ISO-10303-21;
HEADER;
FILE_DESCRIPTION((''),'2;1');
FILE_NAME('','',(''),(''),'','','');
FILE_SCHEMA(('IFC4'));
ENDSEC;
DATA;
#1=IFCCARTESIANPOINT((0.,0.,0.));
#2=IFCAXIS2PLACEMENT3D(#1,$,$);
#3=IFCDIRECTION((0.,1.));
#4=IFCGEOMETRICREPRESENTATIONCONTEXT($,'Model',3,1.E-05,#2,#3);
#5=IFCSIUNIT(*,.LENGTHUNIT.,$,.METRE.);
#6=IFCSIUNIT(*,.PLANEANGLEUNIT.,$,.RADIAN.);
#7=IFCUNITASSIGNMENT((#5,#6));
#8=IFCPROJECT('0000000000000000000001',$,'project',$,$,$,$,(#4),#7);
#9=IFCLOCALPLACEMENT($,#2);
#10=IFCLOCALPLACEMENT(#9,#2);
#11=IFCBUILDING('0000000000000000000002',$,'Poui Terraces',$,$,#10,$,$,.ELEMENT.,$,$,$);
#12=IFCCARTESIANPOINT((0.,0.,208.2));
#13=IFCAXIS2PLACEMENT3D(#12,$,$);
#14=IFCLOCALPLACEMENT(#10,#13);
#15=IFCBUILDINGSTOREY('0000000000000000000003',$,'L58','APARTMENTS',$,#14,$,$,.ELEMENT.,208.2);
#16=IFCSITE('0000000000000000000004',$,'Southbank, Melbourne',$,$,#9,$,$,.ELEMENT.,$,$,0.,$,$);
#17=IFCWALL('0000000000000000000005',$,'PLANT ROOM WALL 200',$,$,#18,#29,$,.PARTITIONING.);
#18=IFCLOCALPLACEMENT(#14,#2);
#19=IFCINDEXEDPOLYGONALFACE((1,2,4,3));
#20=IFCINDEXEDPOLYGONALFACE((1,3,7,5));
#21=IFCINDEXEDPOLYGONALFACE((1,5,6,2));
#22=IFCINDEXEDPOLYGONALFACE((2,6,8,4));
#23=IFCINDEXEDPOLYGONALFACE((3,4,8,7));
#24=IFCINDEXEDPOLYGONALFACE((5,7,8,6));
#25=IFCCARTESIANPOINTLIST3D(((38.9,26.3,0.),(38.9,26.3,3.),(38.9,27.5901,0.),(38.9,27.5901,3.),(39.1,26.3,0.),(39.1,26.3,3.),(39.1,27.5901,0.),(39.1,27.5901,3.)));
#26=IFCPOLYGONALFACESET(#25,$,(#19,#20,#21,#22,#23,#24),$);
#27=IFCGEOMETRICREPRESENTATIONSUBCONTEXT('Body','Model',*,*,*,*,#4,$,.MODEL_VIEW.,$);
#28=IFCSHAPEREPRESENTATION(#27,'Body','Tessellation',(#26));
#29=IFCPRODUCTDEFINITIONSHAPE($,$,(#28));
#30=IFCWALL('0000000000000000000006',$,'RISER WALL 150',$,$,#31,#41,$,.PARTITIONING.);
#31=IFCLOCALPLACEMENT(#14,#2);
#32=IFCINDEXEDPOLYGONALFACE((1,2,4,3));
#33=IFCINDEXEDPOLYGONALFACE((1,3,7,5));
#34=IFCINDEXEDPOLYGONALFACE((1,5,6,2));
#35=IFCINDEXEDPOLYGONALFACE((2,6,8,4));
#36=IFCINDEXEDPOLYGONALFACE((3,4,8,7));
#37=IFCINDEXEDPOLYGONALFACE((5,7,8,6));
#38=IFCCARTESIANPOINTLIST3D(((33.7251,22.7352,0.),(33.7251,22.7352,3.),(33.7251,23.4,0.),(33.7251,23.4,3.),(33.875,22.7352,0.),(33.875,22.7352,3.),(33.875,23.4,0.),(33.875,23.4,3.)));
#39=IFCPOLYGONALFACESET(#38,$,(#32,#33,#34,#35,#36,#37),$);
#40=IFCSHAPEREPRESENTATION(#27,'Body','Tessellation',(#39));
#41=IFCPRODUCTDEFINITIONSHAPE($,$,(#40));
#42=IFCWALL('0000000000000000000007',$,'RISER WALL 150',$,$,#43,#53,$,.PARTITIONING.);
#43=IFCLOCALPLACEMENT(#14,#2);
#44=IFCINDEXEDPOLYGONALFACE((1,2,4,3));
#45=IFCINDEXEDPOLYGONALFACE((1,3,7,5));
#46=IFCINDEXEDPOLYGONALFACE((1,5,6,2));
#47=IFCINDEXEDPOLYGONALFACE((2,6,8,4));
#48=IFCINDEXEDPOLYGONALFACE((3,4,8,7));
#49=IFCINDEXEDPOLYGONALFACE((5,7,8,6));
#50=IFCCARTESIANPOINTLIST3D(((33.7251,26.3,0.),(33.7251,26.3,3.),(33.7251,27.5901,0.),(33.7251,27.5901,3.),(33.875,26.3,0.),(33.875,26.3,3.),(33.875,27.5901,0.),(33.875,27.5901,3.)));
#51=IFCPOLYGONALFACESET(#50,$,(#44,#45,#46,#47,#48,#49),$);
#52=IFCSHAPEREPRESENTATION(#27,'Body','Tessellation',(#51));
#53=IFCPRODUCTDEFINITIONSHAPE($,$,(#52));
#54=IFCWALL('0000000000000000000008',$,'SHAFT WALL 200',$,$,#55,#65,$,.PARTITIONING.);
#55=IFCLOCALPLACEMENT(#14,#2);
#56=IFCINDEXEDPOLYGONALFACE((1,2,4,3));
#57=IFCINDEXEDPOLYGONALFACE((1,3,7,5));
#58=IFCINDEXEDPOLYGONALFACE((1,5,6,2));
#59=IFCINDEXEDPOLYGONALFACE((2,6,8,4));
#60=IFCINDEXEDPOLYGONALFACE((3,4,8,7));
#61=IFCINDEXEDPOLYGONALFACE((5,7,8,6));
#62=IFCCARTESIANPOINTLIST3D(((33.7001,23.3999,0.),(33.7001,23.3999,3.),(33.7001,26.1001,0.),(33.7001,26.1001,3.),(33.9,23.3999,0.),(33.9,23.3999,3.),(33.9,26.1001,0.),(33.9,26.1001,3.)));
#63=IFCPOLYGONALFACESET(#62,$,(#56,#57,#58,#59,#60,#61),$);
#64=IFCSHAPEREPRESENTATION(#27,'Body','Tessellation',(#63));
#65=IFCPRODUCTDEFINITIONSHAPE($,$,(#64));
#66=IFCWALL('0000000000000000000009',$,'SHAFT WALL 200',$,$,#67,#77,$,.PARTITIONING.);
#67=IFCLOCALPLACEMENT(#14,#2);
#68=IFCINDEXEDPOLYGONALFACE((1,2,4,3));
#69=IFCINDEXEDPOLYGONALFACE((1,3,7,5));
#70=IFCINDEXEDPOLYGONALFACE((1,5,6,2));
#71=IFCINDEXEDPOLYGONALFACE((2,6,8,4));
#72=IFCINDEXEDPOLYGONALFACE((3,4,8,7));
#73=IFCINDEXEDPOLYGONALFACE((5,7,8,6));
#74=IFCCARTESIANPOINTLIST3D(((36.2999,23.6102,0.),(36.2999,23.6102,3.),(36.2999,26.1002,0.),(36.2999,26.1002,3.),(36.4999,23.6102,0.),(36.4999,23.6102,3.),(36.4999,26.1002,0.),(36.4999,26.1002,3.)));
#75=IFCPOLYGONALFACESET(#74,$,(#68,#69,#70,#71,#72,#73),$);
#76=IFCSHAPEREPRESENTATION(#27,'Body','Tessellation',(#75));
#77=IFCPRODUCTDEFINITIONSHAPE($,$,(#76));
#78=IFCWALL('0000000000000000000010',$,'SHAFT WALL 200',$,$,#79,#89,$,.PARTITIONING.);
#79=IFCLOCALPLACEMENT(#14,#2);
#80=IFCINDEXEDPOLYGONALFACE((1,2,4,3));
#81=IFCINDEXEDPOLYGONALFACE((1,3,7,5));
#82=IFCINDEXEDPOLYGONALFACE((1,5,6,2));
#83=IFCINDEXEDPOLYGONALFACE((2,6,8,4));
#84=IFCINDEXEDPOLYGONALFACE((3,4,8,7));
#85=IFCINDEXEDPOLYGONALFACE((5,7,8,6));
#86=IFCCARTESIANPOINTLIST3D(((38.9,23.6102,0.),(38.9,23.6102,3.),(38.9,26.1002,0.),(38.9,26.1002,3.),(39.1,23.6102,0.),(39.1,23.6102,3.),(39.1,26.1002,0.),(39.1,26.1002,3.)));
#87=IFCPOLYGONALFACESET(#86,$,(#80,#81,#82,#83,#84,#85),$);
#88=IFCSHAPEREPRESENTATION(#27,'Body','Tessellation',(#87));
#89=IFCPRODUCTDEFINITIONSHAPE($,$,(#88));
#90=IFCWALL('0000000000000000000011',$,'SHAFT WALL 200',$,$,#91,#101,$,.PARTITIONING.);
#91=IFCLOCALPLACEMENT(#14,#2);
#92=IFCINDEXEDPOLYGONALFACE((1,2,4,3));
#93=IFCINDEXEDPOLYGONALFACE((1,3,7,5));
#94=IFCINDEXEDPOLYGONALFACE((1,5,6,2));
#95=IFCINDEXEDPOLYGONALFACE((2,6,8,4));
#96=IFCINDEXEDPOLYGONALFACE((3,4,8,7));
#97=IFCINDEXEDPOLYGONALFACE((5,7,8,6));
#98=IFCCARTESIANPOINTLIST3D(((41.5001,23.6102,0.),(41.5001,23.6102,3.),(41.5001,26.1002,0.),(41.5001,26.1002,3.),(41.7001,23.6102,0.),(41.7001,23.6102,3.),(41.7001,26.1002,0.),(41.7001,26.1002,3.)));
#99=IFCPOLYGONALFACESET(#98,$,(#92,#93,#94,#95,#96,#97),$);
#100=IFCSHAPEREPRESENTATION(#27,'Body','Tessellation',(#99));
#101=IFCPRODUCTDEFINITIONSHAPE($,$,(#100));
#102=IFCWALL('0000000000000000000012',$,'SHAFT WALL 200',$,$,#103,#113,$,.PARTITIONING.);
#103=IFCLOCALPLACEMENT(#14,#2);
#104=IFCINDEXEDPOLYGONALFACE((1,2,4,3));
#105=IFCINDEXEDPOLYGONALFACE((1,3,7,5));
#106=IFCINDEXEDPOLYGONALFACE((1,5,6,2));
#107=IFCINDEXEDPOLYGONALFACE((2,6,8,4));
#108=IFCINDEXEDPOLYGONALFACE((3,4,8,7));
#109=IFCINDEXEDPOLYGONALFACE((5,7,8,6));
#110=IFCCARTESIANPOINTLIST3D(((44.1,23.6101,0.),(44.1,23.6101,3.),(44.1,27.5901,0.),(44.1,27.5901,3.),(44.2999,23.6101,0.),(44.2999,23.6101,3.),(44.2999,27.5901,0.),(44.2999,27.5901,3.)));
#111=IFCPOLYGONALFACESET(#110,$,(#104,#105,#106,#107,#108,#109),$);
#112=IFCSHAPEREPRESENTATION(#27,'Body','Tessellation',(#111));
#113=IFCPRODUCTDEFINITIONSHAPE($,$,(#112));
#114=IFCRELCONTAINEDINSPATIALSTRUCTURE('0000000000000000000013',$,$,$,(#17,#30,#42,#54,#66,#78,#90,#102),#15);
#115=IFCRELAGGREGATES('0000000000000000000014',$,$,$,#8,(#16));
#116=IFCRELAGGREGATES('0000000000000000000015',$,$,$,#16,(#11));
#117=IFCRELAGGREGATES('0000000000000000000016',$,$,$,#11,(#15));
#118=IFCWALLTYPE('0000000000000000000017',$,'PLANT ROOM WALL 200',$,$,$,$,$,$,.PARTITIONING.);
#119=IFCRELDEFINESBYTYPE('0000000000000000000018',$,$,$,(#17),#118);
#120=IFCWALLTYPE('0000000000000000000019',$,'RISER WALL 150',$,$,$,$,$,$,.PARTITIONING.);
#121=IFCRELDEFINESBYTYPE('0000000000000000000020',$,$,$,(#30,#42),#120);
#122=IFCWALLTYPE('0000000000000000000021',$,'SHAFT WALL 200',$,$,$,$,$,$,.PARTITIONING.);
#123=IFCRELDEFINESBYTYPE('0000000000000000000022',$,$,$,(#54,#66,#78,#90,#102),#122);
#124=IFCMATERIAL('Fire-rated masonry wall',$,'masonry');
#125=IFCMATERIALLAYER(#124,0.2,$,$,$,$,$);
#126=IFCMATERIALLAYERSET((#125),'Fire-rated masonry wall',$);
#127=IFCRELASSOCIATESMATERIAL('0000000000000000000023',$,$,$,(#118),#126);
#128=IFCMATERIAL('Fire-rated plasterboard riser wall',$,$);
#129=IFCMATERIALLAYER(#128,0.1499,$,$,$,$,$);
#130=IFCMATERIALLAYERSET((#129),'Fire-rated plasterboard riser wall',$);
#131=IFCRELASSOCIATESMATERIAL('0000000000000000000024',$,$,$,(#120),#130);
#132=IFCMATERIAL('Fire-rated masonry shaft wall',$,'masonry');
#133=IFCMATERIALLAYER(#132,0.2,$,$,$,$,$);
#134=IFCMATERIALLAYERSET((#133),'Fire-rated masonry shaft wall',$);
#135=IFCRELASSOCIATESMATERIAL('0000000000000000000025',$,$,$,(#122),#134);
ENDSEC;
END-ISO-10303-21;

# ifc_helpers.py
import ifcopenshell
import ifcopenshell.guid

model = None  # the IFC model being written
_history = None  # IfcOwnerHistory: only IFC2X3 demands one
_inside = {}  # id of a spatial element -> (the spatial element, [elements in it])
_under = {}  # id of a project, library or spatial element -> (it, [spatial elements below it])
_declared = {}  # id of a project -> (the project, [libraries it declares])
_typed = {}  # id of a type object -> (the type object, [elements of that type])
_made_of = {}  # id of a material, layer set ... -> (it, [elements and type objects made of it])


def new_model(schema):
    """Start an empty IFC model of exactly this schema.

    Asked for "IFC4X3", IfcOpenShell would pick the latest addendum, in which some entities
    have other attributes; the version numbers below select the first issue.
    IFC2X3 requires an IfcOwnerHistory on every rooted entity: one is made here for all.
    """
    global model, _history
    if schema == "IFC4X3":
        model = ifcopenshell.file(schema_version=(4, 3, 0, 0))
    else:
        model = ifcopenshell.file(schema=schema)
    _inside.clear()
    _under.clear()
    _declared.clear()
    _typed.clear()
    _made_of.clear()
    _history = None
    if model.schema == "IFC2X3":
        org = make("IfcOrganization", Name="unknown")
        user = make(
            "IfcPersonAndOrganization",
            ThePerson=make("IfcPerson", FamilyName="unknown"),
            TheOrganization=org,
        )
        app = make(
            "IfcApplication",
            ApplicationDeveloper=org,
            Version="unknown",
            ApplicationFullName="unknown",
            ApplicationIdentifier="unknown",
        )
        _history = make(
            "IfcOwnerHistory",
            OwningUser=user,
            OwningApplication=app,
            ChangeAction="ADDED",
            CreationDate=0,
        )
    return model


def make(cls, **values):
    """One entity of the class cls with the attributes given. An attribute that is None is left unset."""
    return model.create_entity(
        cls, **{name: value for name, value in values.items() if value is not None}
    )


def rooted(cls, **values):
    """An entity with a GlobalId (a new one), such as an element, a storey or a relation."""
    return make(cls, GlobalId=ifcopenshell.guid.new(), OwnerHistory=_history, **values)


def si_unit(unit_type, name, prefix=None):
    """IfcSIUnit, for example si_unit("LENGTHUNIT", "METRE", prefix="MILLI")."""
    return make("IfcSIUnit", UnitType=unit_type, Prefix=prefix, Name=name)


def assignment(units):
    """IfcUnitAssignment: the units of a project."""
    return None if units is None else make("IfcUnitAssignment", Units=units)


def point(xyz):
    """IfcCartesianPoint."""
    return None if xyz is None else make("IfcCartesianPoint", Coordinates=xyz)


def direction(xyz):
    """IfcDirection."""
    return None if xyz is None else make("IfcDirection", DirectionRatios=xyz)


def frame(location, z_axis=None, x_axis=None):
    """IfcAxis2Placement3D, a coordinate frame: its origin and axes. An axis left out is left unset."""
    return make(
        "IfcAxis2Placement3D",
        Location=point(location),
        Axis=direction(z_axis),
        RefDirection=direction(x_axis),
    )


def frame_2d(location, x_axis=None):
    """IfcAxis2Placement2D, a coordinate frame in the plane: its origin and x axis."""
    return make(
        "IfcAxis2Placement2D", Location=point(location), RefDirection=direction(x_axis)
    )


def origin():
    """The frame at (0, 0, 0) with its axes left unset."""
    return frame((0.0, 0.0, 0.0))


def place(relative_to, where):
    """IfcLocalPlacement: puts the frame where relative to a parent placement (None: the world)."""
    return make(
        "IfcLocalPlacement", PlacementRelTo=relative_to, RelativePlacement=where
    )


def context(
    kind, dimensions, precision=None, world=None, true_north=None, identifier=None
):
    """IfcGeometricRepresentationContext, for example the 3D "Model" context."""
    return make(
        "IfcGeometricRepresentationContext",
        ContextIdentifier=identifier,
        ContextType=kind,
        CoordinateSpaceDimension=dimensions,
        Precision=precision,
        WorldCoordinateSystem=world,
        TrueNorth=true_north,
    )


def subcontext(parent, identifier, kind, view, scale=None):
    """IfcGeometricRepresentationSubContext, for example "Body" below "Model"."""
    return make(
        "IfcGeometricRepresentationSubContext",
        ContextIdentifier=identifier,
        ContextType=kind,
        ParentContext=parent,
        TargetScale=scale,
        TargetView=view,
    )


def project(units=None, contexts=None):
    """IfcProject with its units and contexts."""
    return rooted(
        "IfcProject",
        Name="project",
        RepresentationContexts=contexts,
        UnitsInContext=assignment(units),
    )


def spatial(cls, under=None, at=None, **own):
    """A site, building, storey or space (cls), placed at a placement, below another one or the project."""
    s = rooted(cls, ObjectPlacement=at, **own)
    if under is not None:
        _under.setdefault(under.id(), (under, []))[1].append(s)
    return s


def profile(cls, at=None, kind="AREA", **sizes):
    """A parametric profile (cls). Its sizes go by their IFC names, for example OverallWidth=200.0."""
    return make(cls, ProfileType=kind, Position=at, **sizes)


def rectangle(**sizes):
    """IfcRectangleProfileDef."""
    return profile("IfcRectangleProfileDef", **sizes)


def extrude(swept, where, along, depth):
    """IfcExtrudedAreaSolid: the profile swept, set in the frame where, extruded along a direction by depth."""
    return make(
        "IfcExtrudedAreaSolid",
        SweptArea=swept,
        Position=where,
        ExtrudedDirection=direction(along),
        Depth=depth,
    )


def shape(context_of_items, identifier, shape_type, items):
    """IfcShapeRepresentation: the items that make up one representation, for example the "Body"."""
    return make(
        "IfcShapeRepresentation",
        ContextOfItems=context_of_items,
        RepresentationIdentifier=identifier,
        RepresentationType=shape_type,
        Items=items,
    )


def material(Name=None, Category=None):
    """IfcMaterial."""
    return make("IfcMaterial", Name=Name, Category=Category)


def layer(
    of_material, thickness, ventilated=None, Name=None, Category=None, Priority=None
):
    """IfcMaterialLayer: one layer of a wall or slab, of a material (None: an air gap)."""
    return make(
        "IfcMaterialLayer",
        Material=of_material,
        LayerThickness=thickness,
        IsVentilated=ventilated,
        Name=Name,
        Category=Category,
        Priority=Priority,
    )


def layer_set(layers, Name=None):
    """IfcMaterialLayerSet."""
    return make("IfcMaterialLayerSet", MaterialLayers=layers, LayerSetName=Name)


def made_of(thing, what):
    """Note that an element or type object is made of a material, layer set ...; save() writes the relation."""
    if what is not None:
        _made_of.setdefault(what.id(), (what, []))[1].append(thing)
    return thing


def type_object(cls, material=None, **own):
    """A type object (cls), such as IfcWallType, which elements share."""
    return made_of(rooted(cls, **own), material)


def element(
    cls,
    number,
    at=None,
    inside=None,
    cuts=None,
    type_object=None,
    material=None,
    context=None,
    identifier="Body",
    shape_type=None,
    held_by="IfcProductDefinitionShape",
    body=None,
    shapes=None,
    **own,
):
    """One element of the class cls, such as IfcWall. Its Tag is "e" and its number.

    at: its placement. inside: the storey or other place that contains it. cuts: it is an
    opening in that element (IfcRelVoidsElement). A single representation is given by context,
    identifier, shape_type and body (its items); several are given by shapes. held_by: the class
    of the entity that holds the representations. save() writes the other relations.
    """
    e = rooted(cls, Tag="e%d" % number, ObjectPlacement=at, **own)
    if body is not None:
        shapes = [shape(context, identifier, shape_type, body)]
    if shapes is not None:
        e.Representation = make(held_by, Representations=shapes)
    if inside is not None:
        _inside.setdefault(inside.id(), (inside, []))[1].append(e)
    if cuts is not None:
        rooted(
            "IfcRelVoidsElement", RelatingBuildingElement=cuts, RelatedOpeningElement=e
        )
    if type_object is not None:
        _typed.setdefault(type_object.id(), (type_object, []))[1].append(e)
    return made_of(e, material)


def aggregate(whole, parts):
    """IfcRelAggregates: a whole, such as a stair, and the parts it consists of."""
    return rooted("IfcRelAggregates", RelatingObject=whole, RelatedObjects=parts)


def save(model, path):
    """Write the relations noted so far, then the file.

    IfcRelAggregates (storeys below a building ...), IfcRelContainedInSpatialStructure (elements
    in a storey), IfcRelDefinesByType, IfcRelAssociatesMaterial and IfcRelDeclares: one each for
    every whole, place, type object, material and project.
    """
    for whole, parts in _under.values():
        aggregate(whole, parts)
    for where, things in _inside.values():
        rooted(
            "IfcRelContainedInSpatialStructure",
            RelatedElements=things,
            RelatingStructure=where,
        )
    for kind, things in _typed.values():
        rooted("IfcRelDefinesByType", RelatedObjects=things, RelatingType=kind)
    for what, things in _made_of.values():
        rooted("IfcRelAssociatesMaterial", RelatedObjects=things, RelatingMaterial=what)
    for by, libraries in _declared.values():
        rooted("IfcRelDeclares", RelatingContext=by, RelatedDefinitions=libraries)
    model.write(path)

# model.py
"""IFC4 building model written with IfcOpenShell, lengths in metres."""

from ifc_helpers import new_model, si_unit, direction, frame, frame_2d, origin, place, context, subcontext, project, spatial, rectangle, extrude, material, layer, layer_set, type_object, element, save


model = new_model("IFC4")

# Units and contexts
model_context = context("Model", 3, precision=1e-05, world=origin(), true_north=direction((0.0, 1.0)))
body_context = subcontext(model_context, "Body", "Model", "MODEL_VIEW")
ifc_project = project(units=[si_unit("LENGTHUNIT", "METRE"), si_unit("PLANEANGLEUNIT", "RADIAN")], contexts=[model_context])

# Site, building, storey
site_placement = place(None, origin())
site = spatial("IfcSite", under=ifc_project, at=site_placement, Name="Southbank, Melbourne", CompositionType="ELEMENT", RefElevation=0.0)
building_placement = place(site_placement, origin())
building = spatial("IfcBuilding", under=site, at=building_placement, Name="Poui Terraces", CompositionType="ELEMENT")
storey_placement = place(building_placement, frame((0.0, 0.0, 208.2)))
storey = spatial("IfcBuildingStorey", under=building, at=storey_placement, Name="L58", Description="APARTMENTS", CompositionType="ELEMENT", Elevation=208.2)

# Walls
ifc_material_1 = material(Name="Fire-rated masonry wall", Category="masonry")
ifc_layer_1 = layer(ifc_material_1, 0.2)
ifc_layer_set_1 = layer_set([ifc_layer_1], Name="Fire-rated masonry wall")
wall_type_1 = type_object("IfcWallType", Name="PLANT ROOM WALL 200", PredefinedType="PARTITIONING", material=ifc_layer_set_1)
wall_1_placement = place(storey_placement, frame((39.0, 26.3, 0.0), z_axis=(0.0, 0.0, 1.0), x_axis=(0.0, 1.0, 0.0)))
element("IfcWall", 1, at=wall_1_placement, inside=storey, type_object=wall_type_1, Name="PLANT ROOM WALL 200", PredefinedType="PARTITIONING", context=body_context, shape_type="SweptSolid", body=[
    extrude(rectangle(XDim=1.29, YDim=0.2, at=frame_2d((0.645, 0.0))), origin(), (0.0, 0.0, 1.0), 3.0),
])
ifc_material_2 = material(Name="Fire-rated plasterboard riser wall")
ifc_layer_2 = layer(ifc_material_2, 0.1499)
ifc_layer_set_2 = layer_set([ifc_layer_2], Name="Fire-rated plasterboard riser wall")
wall_type_2 = type_object("IfcWallType", Name="RISER WALL 150", PredefinedType="PARTITIONING", material=ifc_layer_set_2)
wall_2_placement = place(storey_placement, frame((33.8, 22.7351, 0.0), z_axis=(0.0, 0.0, 1.0), x_axis=(0.0, 1.0, 0.0)))
element("IfcWall", 2, at=wall_2_placement, inside=storey, type_object=wall_type_2, Name="RISER WALL 150", PredefinedType="PARTITIONING", context=body_context, shape_type="SweptSolid", body=[
    extrude(rectangle(XDim=0.6648, YDim=0.1499, at=frame_2d((0.3325, 0.0))), origin(), (0.0, 0.0, 1.0), 3.0),
])
wall_3_placement = place(storey_placement, frame((33.8, 26.3, 0.0), z_axis=(0.0, 0.0, 1.0), x_axis=(0.0, 1.0, 0.0)))
element("IfcWall", 3, at=wall_3_placement, inside=storey, type_object=wall_type_2, Name="RISER WALL 150", PredefinedType="PARTITIONING", context=body_context, shape_type="SweptSolid", body=[
    extrude(rectangle(XDim=1.29, YDim=0.1499, at=frame_2d((0.645, 0.0))), origin(), (0.0, 0.0, 1.0), 3.0),
])
ifc_material_3 = material(Name="Fire-rated masonry shaft wall", Category="masonry")
ifc_layer_3 = layer(ifc_material_3, 0.2)
ifc_layer_set_3 = layer_set([ifc_layer_3], Name="Fire-rated masonry shaft wall")
wall_type_3 = type_object("IfcWallType", Name="SHAFT WALL 200", PredefinedType="PARTITIONING", material=ifc_layer_set_3)
wall_4_placement = place(storey_placement, frame((33.8, 23.3999, 0.0), z_axis=(0.0, 0.0, 1.0), x_axis=(0.0, 1.0, 0.0)))
element("IfcWall", 4, at=wall_4_placement, inside=storey, type_object=wall_type_3, Name="SHAFT WALL 200", PredefinedType="PARTITIONING", context=body_context, shape_type="SweptSolid", body=[
    extrude(rectangle(XDim=2.7002, YDim=0.2, at=frame_2d((1.3501, 0.0))), origin(), (0.0, 0.0, 1.0), 3.0),
])
for number, where, z_axis, x_axis, name in (
    (5, (36.3999, 23.6101, 0.0), (0.0, 0.0, 1.0), (0.0, 1.0, 0.0), "SHAFT WALL 200"),
    (6, (39.0, 23.6101, 0.0), (0.0, 0.0, 1.0), (0.0, 1.0, 0.0), "SHAFT WALL 200"),
    (7, (41.6001, 23.6101, 0.0), (0.0, 0.0, 1.0), (0.0, 1.0, 0.0), "SHAFT WALL 200"),
):
    element("IfcWall", number, at=place(storey_placement, frame(where, z_axis=z_axis, x_axis=x_axis)), inside=storey, type_object=wall_type_3, Name=name, PredefinedType="PARTITIONING", context=body_context, shape_type="SweptSolid", body=[
        extrude(rectangle(XDim=2.49, YDim=0.2, at=frame_2d((1.2451, 0.0))), origin(), (0.0, 0.0, 1.0), 3.0),
    ])
wall_5_placement = place(storey_placement, frame((44.2, 23.6101, 0.0), z_axis=(0.0, 0.0, 1.0), x_axis=(0.0, 1.0, 0.0)))
element("IfcWall", 8, at=wall_5_placement, inside=storey, type_object=wall_type_3, Name="SHAFT WALL 200", PredefinedType="PARTITIONING", context=body_context, shape_type="SweptSolid", body=[
    extrude(rectangle(XDim=3.98, YDim=0.2, at=frame_2d((1.99, 0.0))), origin(), (0.0, 0.0, 1.0), 3.0),
])

save(model, "model.ifc")
